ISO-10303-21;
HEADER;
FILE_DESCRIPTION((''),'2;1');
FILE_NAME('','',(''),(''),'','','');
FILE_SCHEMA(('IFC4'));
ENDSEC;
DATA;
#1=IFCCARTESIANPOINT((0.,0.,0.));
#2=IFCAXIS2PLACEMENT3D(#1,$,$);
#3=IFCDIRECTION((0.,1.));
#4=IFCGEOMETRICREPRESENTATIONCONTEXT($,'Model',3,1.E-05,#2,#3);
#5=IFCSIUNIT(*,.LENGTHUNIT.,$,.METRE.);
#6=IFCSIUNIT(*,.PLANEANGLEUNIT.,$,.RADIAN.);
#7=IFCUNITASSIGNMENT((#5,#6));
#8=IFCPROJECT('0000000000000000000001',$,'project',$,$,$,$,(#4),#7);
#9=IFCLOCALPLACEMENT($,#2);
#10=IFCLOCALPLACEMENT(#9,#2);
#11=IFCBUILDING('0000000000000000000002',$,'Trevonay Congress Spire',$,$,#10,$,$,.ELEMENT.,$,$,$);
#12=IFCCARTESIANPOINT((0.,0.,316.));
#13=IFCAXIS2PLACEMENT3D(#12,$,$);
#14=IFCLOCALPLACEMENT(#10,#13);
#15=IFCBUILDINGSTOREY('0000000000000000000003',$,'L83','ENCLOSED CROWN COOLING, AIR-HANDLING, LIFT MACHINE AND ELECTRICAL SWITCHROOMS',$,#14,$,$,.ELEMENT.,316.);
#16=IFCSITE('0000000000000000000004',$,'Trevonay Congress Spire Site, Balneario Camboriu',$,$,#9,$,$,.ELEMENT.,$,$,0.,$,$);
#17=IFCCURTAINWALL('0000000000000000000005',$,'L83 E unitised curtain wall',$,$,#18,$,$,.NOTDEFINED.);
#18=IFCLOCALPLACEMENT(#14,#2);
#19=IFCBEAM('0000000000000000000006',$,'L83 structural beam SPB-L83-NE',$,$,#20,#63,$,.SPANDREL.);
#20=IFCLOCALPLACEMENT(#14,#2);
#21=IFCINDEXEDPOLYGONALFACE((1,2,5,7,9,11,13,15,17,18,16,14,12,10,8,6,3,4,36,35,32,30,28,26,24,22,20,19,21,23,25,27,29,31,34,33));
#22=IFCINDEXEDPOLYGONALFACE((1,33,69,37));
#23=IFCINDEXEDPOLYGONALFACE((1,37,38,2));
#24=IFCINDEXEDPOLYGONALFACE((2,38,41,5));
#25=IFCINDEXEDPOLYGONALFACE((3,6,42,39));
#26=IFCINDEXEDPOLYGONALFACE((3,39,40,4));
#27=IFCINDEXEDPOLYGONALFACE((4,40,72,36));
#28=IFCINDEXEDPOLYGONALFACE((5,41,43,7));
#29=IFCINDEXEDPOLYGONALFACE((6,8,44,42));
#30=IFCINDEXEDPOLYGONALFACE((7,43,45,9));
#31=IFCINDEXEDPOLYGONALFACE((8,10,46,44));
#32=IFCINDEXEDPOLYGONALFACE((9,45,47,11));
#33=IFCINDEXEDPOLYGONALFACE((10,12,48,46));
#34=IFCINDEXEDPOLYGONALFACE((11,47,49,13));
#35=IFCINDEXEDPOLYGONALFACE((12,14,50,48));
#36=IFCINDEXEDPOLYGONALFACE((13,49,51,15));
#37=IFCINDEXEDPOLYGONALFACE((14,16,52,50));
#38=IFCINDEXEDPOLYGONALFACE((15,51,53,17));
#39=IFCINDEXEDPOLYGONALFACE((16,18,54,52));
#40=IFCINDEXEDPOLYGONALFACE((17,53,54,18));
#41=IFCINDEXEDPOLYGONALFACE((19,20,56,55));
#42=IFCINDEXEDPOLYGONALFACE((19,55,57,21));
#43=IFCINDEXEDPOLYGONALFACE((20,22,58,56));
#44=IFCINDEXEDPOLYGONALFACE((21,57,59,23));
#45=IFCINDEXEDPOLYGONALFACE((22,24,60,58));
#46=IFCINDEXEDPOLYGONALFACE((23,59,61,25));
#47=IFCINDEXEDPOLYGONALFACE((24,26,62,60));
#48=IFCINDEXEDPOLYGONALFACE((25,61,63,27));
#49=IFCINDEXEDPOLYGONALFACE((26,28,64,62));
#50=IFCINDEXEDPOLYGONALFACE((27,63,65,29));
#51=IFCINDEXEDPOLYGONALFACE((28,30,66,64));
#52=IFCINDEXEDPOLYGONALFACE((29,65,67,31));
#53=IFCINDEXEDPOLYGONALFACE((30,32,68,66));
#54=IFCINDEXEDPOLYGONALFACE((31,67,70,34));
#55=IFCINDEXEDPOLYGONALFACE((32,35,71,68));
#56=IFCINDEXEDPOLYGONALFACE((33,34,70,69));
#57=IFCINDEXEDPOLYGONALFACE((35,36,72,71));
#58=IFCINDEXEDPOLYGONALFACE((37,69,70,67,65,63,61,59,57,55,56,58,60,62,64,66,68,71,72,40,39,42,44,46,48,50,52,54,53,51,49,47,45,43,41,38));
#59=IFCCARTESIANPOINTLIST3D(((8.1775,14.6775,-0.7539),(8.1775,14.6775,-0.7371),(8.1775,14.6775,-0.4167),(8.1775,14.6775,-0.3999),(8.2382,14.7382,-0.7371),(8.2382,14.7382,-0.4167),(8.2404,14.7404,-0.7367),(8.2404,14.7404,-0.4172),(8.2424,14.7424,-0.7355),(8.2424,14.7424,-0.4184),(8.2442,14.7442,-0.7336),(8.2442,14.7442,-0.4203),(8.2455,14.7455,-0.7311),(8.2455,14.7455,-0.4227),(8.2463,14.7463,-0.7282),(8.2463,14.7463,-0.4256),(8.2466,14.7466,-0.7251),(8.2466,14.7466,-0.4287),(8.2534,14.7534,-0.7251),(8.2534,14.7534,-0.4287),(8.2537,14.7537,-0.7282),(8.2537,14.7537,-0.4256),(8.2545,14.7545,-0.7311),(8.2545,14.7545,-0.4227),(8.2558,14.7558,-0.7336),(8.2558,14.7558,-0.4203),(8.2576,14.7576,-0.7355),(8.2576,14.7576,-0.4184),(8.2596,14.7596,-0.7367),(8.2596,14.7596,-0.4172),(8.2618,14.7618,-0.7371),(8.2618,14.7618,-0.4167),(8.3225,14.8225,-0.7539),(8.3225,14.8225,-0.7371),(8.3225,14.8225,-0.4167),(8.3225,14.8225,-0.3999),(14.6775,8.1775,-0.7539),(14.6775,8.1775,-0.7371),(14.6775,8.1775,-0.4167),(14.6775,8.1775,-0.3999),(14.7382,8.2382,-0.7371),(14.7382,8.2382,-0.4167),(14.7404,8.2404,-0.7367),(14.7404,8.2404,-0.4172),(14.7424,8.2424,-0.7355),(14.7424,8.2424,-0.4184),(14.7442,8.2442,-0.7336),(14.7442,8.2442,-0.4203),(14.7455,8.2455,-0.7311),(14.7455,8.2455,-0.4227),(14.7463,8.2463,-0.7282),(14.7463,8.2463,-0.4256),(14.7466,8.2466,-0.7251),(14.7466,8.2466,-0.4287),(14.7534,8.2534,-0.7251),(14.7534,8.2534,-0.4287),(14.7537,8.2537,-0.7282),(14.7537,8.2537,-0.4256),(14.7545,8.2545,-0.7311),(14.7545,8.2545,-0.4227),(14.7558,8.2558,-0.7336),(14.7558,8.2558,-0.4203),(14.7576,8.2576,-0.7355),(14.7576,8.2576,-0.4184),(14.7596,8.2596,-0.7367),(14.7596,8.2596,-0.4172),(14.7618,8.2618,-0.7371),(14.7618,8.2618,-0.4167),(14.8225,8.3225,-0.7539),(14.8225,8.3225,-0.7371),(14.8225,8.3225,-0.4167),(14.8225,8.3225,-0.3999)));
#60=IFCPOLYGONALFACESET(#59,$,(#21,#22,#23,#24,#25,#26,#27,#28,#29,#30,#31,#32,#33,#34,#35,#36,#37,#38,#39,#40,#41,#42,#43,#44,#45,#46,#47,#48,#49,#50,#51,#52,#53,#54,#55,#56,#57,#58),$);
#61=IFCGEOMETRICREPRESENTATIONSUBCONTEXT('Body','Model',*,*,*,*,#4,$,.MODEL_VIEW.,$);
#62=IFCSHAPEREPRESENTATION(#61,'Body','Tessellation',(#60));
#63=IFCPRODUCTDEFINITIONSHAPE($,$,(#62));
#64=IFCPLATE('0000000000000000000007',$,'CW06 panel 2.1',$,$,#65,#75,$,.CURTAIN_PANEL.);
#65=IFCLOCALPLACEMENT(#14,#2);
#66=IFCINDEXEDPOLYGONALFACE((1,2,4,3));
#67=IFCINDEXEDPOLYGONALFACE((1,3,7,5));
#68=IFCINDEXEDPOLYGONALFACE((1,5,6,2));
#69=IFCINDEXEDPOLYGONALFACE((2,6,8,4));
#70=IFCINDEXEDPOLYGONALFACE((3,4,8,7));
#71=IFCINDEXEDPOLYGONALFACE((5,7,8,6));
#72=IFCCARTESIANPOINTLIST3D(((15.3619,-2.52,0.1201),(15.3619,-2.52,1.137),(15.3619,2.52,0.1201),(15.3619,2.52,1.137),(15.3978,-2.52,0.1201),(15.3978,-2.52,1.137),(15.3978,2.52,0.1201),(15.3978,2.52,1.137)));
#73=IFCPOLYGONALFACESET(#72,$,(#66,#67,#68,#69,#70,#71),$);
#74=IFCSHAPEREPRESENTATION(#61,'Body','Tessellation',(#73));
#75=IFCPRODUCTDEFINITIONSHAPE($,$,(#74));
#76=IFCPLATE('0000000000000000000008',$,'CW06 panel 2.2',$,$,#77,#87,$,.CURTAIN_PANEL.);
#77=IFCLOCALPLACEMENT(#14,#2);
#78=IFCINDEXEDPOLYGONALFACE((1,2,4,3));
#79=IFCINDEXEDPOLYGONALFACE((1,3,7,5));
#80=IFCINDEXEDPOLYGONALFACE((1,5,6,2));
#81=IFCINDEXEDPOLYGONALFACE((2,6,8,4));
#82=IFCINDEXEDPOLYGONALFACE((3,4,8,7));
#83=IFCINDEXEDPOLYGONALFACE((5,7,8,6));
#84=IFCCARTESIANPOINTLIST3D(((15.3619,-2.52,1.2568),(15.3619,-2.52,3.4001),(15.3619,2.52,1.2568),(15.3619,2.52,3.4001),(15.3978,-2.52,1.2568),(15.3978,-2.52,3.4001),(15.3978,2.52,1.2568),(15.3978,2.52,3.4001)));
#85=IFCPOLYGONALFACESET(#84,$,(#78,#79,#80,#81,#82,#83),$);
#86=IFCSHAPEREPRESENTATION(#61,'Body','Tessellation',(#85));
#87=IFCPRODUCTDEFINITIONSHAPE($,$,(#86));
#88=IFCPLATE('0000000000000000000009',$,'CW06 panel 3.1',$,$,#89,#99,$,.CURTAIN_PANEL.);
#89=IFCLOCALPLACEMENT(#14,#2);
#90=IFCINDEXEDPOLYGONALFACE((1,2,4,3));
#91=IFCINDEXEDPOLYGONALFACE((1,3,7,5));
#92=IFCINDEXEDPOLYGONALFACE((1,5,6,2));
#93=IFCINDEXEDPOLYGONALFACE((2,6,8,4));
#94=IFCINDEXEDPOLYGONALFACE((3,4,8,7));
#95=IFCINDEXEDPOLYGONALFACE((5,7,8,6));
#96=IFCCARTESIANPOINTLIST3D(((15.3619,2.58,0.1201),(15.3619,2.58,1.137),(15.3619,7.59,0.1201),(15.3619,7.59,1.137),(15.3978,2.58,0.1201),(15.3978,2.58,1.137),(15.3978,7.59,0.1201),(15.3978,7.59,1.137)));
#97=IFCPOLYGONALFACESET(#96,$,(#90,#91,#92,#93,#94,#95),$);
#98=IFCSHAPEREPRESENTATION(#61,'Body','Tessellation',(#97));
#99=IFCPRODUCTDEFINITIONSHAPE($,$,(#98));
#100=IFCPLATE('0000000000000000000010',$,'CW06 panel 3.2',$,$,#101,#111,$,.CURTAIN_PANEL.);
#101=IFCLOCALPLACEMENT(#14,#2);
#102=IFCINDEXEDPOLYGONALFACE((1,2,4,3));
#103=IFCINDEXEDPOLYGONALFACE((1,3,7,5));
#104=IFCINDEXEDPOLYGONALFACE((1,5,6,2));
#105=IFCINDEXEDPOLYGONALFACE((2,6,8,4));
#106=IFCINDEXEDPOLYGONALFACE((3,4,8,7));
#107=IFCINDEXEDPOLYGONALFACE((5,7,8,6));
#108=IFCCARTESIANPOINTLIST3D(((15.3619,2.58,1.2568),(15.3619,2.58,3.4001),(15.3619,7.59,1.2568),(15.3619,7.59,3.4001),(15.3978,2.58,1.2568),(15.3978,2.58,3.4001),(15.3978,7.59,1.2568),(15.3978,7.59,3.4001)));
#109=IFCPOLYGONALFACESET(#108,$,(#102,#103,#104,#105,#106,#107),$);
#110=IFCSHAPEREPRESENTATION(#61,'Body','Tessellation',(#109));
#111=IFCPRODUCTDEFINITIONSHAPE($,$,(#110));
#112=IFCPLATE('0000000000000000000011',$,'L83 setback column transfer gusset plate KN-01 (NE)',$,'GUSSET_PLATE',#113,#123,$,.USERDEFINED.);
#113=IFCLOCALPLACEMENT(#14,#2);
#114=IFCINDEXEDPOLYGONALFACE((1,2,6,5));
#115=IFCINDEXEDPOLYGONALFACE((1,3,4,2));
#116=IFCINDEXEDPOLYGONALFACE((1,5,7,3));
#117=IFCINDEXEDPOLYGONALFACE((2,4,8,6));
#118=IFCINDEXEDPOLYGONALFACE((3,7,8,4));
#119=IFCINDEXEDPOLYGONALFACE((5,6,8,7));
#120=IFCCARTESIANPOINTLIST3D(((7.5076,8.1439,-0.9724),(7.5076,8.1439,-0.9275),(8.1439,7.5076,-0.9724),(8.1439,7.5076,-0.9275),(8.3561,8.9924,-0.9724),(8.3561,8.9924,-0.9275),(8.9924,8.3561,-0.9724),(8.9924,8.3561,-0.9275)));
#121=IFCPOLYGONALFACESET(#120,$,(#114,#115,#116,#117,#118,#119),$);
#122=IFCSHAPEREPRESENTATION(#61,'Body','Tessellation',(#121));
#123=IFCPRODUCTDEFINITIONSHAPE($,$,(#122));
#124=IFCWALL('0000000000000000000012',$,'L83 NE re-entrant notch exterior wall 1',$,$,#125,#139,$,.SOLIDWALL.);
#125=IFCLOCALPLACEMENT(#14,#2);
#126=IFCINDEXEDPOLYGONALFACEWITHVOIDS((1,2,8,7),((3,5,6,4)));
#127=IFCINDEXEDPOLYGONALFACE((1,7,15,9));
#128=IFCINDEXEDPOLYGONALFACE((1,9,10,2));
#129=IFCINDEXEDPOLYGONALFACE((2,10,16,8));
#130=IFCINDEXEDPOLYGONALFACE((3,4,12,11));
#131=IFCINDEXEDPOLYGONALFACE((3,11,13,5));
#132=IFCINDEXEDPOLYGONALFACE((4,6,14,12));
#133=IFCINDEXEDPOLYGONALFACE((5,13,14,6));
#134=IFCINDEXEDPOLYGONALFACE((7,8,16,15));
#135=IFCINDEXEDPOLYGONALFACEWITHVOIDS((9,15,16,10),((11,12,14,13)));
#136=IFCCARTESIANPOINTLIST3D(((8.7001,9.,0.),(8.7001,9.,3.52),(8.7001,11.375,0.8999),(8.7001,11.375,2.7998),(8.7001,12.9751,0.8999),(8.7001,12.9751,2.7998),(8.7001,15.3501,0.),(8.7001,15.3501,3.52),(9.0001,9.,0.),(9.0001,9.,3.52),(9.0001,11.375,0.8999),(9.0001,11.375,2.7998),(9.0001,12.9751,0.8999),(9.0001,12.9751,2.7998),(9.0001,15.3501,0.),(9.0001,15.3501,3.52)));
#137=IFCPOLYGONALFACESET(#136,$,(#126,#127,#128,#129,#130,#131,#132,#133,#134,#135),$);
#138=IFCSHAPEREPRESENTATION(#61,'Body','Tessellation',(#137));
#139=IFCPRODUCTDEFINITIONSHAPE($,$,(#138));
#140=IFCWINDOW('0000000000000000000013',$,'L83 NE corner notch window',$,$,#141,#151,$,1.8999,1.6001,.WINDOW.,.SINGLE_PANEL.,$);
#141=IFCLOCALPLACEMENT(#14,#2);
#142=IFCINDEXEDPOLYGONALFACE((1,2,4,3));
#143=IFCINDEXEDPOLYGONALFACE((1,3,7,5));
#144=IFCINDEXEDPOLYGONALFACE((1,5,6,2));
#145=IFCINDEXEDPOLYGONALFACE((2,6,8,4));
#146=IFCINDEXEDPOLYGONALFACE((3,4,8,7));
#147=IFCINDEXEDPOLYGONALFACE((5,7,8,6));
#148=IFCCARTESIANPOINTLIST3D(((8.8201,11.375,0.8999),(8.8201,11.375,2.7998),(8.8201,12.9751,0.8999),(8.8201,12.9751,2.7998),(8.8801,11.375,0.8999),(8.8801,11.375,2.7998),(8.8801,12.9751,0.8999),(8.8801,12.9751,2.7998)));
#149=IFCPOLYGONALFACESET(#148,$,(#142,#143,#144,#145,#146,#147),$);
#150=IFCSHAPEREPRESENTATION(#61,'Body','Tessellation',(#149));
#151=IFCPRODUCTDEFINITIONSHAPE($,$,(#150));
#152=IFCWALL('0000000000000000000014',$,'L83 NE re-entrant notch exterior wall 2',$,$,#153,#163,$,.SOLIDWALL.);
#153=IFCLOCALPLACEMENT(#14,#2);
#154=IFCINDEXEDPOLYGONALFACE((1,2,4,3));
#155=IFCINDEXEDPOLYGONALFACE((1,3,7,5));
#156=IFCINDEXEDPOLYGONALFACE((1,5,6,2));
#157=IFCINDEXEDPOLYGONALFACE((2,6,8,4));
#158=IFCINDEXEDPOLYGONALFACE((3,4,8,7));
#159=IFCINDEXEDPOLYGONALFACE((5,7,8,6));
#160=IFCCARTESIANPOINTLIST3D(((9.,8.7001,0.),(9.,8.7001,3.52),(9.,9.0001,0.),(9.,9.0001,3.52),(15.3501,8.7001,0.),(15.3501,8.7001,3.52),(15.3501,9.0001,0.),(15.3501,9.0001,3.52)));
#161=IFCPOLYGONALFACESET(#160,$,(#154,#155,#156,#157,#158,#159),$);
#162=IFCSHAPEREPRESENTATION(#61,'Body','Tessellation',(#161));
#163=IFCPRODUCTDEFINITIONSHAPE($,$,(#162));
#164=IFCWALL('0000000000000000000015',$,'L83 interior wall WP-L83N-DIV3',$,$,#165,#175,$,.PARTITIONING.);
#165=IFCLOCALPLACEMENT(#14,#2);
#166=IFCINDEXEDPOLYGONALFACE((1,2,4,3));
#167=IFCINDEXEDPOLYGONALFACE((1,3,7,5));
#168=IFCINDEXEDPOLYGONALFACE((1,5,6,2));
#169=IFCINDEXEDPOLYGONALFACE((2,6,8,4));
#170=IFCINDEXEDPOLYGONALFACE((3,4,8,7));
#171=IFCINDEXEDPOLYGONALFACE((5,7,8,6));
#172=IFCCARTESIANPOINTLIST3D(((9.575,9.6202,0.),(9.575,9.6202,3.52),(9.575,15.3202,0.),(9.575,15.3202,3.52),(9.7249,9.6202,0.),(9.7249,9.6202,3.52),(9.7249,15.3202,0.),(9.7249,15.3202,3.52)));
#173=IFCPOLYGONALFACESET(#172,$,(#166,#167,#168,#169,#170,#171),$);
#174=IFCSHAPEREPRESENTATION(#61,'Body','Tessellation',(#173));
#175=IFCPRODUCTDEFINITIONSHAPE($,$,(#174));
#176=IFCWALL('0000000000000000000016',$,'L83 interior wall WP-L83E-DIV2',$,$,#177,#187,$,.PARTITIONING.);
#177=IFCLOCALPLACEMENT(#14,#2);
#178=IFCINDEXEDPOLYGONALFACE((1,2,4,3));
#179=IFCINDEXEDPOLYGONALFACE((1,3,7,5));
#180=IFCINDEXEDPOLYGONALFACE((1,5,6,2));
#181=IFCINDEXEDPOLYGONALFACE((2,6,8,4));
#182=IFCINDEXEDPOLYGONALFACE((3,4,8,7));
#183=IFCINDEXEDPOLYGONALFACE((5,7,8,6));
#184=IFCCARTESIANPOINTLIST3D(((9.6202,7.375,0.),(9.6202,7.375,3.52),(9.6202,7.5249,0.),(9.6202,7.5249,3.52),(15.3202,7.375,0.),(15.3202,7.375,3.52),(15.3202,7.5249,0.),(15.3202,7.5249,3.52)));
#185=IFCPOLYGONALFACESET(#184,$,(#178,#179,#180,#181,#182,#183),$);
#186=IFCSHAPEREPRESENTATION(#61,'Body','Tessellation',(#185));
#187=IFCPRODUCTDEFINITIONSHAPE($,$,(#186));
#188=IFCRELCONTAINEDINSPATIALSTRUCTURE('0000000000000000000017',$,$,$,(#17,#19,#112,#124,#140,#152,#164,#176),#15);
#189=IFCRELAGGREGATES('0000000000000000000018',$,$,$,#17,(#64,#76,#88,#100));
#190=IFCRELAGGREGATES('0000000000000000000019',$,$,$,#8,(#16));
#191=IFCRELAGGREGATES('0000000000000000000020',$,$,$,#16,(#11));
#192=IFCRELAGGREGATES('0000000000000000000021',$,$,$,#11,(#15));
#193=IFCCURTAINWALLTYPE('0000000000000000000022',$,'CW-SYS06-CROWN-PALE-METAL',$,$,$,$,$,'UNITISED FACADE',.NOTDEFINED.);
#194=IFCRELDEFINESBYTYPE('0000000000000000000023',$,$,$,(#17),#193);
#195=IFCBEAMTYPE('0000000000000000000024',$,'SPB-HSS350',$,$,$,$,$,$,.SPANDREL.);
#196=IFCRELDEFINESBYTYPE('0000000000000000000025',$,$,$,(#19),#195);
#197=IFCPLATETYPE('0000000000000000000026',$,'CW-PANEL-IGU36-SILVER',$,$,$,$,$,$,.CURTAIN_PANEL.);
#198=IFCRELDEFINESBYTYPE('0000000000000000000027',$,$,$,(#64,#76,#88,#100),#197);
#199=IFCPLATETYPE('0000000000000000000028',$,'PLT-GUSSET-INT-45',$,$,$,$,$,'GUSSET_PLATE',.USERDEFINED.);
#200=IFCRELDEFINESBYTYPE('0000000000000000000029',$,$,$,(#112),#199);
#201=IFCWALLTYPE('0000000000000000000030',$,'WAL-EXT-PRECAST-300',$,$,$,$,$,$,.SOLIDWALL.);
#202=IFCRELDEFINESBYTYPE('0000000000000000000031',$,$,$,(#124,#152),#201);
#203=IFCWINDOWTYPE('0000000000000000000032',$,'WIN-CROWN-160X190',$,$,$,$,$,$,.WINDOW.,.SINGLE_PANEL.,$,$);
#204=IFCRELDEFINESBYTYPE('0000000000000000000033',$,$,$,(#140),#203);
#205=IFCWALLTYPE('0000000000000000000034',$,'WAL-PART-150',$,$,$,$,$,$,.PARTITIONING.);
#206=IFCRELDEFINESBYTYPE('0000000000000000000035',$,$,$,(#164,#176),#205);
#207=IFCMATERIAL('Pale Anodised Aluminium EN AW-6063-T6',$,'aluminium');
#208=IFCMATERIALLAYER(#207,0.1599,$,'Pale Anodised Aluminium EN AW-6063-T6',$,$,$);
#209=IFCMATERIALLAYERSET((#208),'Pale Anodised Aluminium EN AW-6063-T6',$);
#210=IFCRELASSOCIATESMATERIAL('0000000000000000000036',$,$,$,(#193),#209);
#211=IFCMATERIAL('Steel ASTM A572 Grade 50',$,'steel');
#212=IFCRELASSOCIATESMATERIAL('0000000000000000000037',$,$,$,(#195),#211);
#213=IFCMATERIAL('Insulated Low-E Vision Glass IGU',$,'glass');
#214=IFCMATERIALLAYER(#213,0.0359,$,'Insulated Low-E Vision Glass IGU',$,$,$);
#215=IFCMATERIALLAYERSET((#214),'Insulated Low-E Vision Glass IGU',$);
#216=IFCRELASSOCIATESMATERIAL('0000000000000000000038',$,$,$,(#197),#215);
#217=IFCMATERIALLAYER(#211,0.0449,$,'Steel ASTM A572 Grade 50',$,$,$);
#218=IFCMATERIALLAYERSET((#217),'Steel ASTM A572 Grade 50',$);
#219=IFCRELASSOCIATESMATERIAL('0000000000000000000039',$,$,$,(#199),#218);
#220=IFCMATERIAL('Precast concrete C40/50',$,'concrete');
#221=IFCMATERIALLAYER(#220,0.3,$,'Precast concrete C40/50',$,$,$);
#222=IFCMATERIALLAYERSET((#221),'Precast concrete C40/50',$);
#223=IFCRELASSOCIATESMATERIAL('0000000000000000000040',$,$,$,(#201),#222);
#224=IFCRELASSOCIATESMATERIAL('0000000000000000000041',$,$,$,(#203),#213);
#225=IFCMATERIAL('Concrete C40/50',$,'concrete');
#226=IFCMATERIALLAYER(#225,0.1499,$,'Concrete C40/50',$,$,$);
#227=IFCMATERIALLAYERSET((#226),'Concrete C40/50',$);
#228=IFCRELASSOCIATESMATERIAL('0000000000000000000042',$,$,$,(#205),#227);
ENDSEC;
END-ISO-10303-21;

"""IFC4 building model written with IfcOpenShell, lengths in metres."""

from ifc_helpers import new_model, si_unit, direction, frame, frame_2d, origin, origin_2d, place, context, subcontext, project, spatial, rectangle, i_section, extrude, material, layer, layer_set, material_profile, profile_set, type_object, element, fill, aggregate, save


model = new_model("IFC4")

# Units and contexts
model_context = context("Model", 3, precision=1e-05, world=origin(), true_north=direction((0.0, 1.0)))
body_context = subcontext(model_context, "Body", "Model", "MODEL_VIEW")
ifc_project = project(units=[si_unit("LENGTHUNIT", "METRE"), si_unit("PLANEANGLEUNIT", "RADIAN")], contexts=[model_context])

# Site, building, storey
site_placement = place(None, origin())
site = spatial("IfcSite", under=ifc_project, at=site_placement, Name="Trevonay Congress Spire Site, Balneario Camboriu", CompositionType="ELEMENT", RefElevation=0.0)
building_placement = place(site_placement, origin())
building = spatial("IfcBuilding", under=site, at=building_placement, Name="Trevonay Congress Spire", CompositionType="ELEMENT")
storey_placement = place(building_placement, frame((0.0, 0.0, 316.0)))
storey = spatial("IfcBuildingStorey", under=building, at=storey_placement, Name="L83", Description="ENCLOSED CROWN COOLING, AIR-HANDLING, LIFT MACHINE AND ELECTRICAL SWITCHROOMS", CompositionType="ELEMENT", Elevation=316.0)

# Shared definitions
ifc_material_1 = material(Name="Steel ASTM A572 Grade 50", Category="steel")

# Shared definitions
ifc_material_2 = material(Name="Pale Anodised Aluminium EN AW-6063-T6", Category="aluminium")
ifc_layer_1 = layer(ifc_material_2, 0.1599, Name="Pale Anodised Aluminium EN AW-6063-T6")
ifc_layer_set_1 = layer_set([ifc_layer_1], Name="Pale Anodised Aluminium EN AW-6063-T6")
curtain_wall_type = type_object("IfcCurtainWallType", Name="CW-SYS06-CROWN-PALE-METAL", ElementType="UNITISED FACADE", PredefinedType="NOTDEFINED", material=ifc_layer_set_1)

# Curtain wall
curtain_wall_1_placement = place(storey_placement, origin())
curtain_wall_1 = element("IfcCurtainWall", 1, at=curtain_wall_1_placement, inside=storey, type_object=curtain_wall_type, Name="L83 E unitised curtain wall", PredefinedType="NOTDEFINED")

# Beam
ifc_material_profile_1 = material_profile(ifc_material_1, i_section(OverallWidth=0.2051, OverallDepth=0.354, WebThickness=0.0095, FlangeThickness=0.0168, FilletRadius=0.012, at=origin_2d()), Name="W360x79")
ifc_profile_set_1 = profile_set([ifc_material_profile_1], Name="Steel ASTM A572 Grade 50")
beam_type_1 = type_object("IfcBeamType", Name="SPB-HSS350", PredefinedType="SPANDREL", material=ifc_profile_set_1)
beam_1_placement = place(storey_placement, frame((8.25, 14.75, -0.5769), z_axis=(0.707107, -0.707107, 0.0), x_axis=(0.707107, 0.707107, 0.0)))
element("IfcBeam", 2, at=beam_1_placement, inside=storey, type_object=beam_type_1, Name="L83 structural beam SPB-L83-NE", PredefinedType="SPANDREL", context=body_context, shape_type="SweptSolid", body=[
    extrude(i_section(OverallWidth=0.2051, OverallDepth=0.354, WebThickness=0.0095, FlangeThickness=0.0168, FilletRadius=0.012, at=origin_2d()), origin(), (0.0, 0.0, 1.0), 9.1924),
])

# Plates
ifc_material_3 = material(Name="Insulated Low-E Vision Glass IGU", Category="glass")
ifc_layer_2 = layer(ifc_material_3, 0.0359, Name="Insulated Low-E Vision Glass IGU")
ifc_layer_set_2 = layer_set([ifc_layer_2], Name="Insulated Low-E Vision Glass IGU")
plate_type_1 = type_object("IfcPlateType", Name="CW-PANEL-IGU36-SILVER", PredefinedType="CURTAIN_PANEL", material=ifc_layer_set_2)
plate_1_placement = place(storey_placement, frame((15.3799, 0.0, 0.1201), z_axis=(0.0, 0.0, 1.0), x_axis=(0.0, 1.0, 0.0)))
plate_1 = element("IfcPlate", 3, at=plate_1_placement, type_object=plate_type_1, Name="CW06 panel 2.1", PredefinedType="CURTAIN_PANEL", context=body_context, shape_type="SweptSolid", body=[
    extrude(rectangle(XDim=5.04, YDim=0.0359, at=origin_2d()), origin(), (0.0, 0.0, 1.0), 1.0168),
])
plate_2_placement = place(storey_placement, frame((15.3799, 0.0, 1.2568), z_axis=(0.0, 0.0, 1.0), x_axis=(0.0, 1.0, 0.0)))
plate_2 = element("IfcPlate", 4, at=plate_2_placement, type_object=plate_type_1, Name="CW06 panel 2.2", PredefinedType="CURTAIN_PANEL", context=body_context, shape_type="SweptSolid", body=[
    extrude(rectangle(XDim=5.04, YDim=0.0359, at=origin_2d()), origin(), (0.0, 0.0, 1.0), 2.1433),
])
plate_3_placement = place(storey_placement, frame((15.3799, 5.085, 0.1201), z_axis=(0.0, 0.0, 1.0), x_axis=(0.0, 1.0, 0.0)))
plate_3 = element("IfcPlate", 5, at=plate_3_placement, type_object=plate_type_1, Name="CW06 panel 3.1", PredefinedType="CURTAIN_PANEL", context=body_context, shape_type="SweptSolid", body=[
    extrude(rectangle(XDim=5.01, YDim=0.0359, at=origin_2d()), origin(), (0.0, 0.0, 1.0), 1.0168),
])
plate_4_placement = place(storey_placement, frame((15.3799, 5.085, 1.2568), z_axis=(0.0, 0.0, 1.0), x_axis=(0.0, 1.0, 0.0)))
plate_4 = element("IfcPlate", 6, at=plate_4_placement, type_object=plate_type_1, Name="CW06 panel 3.2", PredefinedType="CURTAIN_PANEL", context=body_context, shape_type="SweptSolid", body=[
    extrude(rectangle(XDim=5.01, YDim=0.0359, at=origin_2d()), origin(), (0.0, 0.0, 1.0), 2.1433),
])
aggregate(curtain_wall_1, [plate_1, plate_2, plate_3, plate_4])
ifc_layer_3 = layer(ifc_material_1, 0.0449, Name="Steel ASTM A572 Grade 50")
ifc_layer_set_3 = layer_set([ifc_layer_3], Name="Steel ASTM A572 Grade 50")
plate_type_2 = type_object("IfcPlateType", Name="PLT-GUSSET-INT-45", ElementType="GUSSET_PLATE", PredefinedType="USERDEFINED", material=ifc_layer_set_3)
plate_5_placement = place(storey_placement, frame((8.25, 8.25, -0.9724), z_axis=(0.0, 0.0, 1.0), x_axis=(0.707107, 0.707107, 0.0)))
element("IfcPlate", 7, at=plate_5_placement, inside=storey, type_object=plate_type_2, Name="L83 setback column transfer gusset plate KN-01 (NE)", ObjectType="GUSSET_PLATE", PredefinedType="USERDEFINED", context=body_context, shape_type="SweptSolid", body=[
    extrude(rectangle(XDim=1.2, YDim=0.8999, at=origin_2d()), origin(), (0.0, 0.0, 1.0), 0.0449),
])

# Wall, opening, window
ifc_material_4 = material(Name="Precast concrete C40/50", Category="concrete")
ifc_layer_4 = layer(ifc_material_4, 0.3, Name="Precast concrete C40/50")
ifc_layer_set_4 = layer_set([ifc_layer_4], Name="Precast concrete C40/50")
wall_type_1 = type_object("IfcWallType", Name="WAL-EXT-PRECAST-300", PredefinedType="SOLIDWALL", material=ifc_layer_set_4)
wall_1_placement = place(storey_placement, frame((8.8501, 15.3501, 0.0), z_axis=(0.0, 0.0, 1.0), x_axis=(0.0, -1.0, 0.0)))
wall_1 = element("IfcWall", 8, at=wall_1_placement, inside=storey, type_object=wall_type_1, Name="L83 NE re-entrant notch exterior wall 1", PredefinedType="SOLIDWALL", context=body_context, shape_type="SweptSolid", body=[
    extrude(rectangle(XDim=6.3501, YDim=0.3, at=frame_2d((3.175, 0.0))), origin(), (0.0, 0.0, 1.0), 3.52),
])
opening_placement = place(wall_1_placement, frame((2.375, 0.0, 0.8999)))
opening = element("IfcOpeningElement", 9, at=opening_placement, cuts=wall_1, PredefinedType="OPENING", context=body_context, shape_type="SweptSolid", body=[
    extrude(rectangle(XDim=1.6001, YDim=1.8999, at=frame_2d((0.8, 0.95))), frame((0.0, 0.1602, 0.0), z_axis=(0.0, -1.0, 0.0), x_axis=(1.0, 0.0, 0.0)), (0.0, 0.0, 1.0), 0.3201),
])
window_type = type_object("IfcWindowType", Name="WIN-CROWN-160X190", PartitioningType="SINGLE_PANEL", PredefinedType="WINDOW", material=ifc_material_3)
window_placement = place(opening_placement, origin())
window = element("IfcWindow", 10, at=window_placement, inside=storey, type_object=window_type, Name="L83 NE corner notch window", OverallHeight=1.8999, OverallWidth=1.6001, PartitioningType="SINGLE_PANEL", PredefinedType="WINDOW", context=body_context, shape_type="SweptSolid", body=[
    extrude(rectangle(XDim=1.6001, YDim=1.8999, at=frame_2d((0.8, 0.95))), frame((0.0, 0.03, 0.0), z_axis=(0.0, -1.0, 0.0), x_axis=(1.0, 0.0, 0.0)), (0.0, 0.0, 1.0), 0.0601),
])
fill(opening, window)

# Walls
wall_2_placement = place(storey_placement, frame((15.3501, 8.8501, 0.0), z_axis=(0.0, 0.0, 1.0), x_axis=(-1.0, 0.0, 0.0)))
element("IfcWall", 11, at=wall_2_placement, inside=storey, type_object=wall_type_1, Name="L83 NE re-entrant notch exterior wall 2", PredefinedType="SOLIDWALL", context=body_context, shape_type="SweptSolid", body=[
    extrude(rectangle(XDim=6.3501, YDim=0.3, at=frame_2d((3.175, 0.0))), origin(), (0.0, 0.0, 1.0), 3.52),
])
ifc_material_5 = material(Name="Concrete C40/50", Category="concrete")
ifc_layer_5 = layer(ifc_material_5, 0.1499, Name="Concrete C40/50")
ifc_layer_set_5 = layer_set([ifc_layer_5], Name="Concrete C40/50")
wall_type_2 = type_object("IfcWallType", Name="WAL-PART-150", PredefinedType="PARTITIONING", material=ifc_layer_set_5)
for number, where, z_axis, x_axis, name in (
    (12, (9.6499, 9.6201, 0.0), (0.0, 0.0, 1.0), (0.0, 1.0, 0.0), "L83 interior wall WP-L83N-DIV3"),
    (13, (9.6201, 7.45, 0.0), (0.0, 0.0, 1.0), (1.0, 0.0, 0.0), "L83 interior wall WP-L83E-DIV2"),
):
    element("IfcWall", number, at=place(storey_placement, frame(where, z_axis=z_axis, x_axis=x_axis)), inside=storey, type_object=wall_type_2, Name=name, PredefinedType="PARTITIONING", context=body_context, shape_type="SweptSolid", body=[
        extrude(rectangle(XDim=5.7, YDim=0.1499, at=frame_2d((2.8501, 0.0))), origin(), (0.0, 0.0, 1.0), 3.52),
    ])

save(model, "model.ifc")
